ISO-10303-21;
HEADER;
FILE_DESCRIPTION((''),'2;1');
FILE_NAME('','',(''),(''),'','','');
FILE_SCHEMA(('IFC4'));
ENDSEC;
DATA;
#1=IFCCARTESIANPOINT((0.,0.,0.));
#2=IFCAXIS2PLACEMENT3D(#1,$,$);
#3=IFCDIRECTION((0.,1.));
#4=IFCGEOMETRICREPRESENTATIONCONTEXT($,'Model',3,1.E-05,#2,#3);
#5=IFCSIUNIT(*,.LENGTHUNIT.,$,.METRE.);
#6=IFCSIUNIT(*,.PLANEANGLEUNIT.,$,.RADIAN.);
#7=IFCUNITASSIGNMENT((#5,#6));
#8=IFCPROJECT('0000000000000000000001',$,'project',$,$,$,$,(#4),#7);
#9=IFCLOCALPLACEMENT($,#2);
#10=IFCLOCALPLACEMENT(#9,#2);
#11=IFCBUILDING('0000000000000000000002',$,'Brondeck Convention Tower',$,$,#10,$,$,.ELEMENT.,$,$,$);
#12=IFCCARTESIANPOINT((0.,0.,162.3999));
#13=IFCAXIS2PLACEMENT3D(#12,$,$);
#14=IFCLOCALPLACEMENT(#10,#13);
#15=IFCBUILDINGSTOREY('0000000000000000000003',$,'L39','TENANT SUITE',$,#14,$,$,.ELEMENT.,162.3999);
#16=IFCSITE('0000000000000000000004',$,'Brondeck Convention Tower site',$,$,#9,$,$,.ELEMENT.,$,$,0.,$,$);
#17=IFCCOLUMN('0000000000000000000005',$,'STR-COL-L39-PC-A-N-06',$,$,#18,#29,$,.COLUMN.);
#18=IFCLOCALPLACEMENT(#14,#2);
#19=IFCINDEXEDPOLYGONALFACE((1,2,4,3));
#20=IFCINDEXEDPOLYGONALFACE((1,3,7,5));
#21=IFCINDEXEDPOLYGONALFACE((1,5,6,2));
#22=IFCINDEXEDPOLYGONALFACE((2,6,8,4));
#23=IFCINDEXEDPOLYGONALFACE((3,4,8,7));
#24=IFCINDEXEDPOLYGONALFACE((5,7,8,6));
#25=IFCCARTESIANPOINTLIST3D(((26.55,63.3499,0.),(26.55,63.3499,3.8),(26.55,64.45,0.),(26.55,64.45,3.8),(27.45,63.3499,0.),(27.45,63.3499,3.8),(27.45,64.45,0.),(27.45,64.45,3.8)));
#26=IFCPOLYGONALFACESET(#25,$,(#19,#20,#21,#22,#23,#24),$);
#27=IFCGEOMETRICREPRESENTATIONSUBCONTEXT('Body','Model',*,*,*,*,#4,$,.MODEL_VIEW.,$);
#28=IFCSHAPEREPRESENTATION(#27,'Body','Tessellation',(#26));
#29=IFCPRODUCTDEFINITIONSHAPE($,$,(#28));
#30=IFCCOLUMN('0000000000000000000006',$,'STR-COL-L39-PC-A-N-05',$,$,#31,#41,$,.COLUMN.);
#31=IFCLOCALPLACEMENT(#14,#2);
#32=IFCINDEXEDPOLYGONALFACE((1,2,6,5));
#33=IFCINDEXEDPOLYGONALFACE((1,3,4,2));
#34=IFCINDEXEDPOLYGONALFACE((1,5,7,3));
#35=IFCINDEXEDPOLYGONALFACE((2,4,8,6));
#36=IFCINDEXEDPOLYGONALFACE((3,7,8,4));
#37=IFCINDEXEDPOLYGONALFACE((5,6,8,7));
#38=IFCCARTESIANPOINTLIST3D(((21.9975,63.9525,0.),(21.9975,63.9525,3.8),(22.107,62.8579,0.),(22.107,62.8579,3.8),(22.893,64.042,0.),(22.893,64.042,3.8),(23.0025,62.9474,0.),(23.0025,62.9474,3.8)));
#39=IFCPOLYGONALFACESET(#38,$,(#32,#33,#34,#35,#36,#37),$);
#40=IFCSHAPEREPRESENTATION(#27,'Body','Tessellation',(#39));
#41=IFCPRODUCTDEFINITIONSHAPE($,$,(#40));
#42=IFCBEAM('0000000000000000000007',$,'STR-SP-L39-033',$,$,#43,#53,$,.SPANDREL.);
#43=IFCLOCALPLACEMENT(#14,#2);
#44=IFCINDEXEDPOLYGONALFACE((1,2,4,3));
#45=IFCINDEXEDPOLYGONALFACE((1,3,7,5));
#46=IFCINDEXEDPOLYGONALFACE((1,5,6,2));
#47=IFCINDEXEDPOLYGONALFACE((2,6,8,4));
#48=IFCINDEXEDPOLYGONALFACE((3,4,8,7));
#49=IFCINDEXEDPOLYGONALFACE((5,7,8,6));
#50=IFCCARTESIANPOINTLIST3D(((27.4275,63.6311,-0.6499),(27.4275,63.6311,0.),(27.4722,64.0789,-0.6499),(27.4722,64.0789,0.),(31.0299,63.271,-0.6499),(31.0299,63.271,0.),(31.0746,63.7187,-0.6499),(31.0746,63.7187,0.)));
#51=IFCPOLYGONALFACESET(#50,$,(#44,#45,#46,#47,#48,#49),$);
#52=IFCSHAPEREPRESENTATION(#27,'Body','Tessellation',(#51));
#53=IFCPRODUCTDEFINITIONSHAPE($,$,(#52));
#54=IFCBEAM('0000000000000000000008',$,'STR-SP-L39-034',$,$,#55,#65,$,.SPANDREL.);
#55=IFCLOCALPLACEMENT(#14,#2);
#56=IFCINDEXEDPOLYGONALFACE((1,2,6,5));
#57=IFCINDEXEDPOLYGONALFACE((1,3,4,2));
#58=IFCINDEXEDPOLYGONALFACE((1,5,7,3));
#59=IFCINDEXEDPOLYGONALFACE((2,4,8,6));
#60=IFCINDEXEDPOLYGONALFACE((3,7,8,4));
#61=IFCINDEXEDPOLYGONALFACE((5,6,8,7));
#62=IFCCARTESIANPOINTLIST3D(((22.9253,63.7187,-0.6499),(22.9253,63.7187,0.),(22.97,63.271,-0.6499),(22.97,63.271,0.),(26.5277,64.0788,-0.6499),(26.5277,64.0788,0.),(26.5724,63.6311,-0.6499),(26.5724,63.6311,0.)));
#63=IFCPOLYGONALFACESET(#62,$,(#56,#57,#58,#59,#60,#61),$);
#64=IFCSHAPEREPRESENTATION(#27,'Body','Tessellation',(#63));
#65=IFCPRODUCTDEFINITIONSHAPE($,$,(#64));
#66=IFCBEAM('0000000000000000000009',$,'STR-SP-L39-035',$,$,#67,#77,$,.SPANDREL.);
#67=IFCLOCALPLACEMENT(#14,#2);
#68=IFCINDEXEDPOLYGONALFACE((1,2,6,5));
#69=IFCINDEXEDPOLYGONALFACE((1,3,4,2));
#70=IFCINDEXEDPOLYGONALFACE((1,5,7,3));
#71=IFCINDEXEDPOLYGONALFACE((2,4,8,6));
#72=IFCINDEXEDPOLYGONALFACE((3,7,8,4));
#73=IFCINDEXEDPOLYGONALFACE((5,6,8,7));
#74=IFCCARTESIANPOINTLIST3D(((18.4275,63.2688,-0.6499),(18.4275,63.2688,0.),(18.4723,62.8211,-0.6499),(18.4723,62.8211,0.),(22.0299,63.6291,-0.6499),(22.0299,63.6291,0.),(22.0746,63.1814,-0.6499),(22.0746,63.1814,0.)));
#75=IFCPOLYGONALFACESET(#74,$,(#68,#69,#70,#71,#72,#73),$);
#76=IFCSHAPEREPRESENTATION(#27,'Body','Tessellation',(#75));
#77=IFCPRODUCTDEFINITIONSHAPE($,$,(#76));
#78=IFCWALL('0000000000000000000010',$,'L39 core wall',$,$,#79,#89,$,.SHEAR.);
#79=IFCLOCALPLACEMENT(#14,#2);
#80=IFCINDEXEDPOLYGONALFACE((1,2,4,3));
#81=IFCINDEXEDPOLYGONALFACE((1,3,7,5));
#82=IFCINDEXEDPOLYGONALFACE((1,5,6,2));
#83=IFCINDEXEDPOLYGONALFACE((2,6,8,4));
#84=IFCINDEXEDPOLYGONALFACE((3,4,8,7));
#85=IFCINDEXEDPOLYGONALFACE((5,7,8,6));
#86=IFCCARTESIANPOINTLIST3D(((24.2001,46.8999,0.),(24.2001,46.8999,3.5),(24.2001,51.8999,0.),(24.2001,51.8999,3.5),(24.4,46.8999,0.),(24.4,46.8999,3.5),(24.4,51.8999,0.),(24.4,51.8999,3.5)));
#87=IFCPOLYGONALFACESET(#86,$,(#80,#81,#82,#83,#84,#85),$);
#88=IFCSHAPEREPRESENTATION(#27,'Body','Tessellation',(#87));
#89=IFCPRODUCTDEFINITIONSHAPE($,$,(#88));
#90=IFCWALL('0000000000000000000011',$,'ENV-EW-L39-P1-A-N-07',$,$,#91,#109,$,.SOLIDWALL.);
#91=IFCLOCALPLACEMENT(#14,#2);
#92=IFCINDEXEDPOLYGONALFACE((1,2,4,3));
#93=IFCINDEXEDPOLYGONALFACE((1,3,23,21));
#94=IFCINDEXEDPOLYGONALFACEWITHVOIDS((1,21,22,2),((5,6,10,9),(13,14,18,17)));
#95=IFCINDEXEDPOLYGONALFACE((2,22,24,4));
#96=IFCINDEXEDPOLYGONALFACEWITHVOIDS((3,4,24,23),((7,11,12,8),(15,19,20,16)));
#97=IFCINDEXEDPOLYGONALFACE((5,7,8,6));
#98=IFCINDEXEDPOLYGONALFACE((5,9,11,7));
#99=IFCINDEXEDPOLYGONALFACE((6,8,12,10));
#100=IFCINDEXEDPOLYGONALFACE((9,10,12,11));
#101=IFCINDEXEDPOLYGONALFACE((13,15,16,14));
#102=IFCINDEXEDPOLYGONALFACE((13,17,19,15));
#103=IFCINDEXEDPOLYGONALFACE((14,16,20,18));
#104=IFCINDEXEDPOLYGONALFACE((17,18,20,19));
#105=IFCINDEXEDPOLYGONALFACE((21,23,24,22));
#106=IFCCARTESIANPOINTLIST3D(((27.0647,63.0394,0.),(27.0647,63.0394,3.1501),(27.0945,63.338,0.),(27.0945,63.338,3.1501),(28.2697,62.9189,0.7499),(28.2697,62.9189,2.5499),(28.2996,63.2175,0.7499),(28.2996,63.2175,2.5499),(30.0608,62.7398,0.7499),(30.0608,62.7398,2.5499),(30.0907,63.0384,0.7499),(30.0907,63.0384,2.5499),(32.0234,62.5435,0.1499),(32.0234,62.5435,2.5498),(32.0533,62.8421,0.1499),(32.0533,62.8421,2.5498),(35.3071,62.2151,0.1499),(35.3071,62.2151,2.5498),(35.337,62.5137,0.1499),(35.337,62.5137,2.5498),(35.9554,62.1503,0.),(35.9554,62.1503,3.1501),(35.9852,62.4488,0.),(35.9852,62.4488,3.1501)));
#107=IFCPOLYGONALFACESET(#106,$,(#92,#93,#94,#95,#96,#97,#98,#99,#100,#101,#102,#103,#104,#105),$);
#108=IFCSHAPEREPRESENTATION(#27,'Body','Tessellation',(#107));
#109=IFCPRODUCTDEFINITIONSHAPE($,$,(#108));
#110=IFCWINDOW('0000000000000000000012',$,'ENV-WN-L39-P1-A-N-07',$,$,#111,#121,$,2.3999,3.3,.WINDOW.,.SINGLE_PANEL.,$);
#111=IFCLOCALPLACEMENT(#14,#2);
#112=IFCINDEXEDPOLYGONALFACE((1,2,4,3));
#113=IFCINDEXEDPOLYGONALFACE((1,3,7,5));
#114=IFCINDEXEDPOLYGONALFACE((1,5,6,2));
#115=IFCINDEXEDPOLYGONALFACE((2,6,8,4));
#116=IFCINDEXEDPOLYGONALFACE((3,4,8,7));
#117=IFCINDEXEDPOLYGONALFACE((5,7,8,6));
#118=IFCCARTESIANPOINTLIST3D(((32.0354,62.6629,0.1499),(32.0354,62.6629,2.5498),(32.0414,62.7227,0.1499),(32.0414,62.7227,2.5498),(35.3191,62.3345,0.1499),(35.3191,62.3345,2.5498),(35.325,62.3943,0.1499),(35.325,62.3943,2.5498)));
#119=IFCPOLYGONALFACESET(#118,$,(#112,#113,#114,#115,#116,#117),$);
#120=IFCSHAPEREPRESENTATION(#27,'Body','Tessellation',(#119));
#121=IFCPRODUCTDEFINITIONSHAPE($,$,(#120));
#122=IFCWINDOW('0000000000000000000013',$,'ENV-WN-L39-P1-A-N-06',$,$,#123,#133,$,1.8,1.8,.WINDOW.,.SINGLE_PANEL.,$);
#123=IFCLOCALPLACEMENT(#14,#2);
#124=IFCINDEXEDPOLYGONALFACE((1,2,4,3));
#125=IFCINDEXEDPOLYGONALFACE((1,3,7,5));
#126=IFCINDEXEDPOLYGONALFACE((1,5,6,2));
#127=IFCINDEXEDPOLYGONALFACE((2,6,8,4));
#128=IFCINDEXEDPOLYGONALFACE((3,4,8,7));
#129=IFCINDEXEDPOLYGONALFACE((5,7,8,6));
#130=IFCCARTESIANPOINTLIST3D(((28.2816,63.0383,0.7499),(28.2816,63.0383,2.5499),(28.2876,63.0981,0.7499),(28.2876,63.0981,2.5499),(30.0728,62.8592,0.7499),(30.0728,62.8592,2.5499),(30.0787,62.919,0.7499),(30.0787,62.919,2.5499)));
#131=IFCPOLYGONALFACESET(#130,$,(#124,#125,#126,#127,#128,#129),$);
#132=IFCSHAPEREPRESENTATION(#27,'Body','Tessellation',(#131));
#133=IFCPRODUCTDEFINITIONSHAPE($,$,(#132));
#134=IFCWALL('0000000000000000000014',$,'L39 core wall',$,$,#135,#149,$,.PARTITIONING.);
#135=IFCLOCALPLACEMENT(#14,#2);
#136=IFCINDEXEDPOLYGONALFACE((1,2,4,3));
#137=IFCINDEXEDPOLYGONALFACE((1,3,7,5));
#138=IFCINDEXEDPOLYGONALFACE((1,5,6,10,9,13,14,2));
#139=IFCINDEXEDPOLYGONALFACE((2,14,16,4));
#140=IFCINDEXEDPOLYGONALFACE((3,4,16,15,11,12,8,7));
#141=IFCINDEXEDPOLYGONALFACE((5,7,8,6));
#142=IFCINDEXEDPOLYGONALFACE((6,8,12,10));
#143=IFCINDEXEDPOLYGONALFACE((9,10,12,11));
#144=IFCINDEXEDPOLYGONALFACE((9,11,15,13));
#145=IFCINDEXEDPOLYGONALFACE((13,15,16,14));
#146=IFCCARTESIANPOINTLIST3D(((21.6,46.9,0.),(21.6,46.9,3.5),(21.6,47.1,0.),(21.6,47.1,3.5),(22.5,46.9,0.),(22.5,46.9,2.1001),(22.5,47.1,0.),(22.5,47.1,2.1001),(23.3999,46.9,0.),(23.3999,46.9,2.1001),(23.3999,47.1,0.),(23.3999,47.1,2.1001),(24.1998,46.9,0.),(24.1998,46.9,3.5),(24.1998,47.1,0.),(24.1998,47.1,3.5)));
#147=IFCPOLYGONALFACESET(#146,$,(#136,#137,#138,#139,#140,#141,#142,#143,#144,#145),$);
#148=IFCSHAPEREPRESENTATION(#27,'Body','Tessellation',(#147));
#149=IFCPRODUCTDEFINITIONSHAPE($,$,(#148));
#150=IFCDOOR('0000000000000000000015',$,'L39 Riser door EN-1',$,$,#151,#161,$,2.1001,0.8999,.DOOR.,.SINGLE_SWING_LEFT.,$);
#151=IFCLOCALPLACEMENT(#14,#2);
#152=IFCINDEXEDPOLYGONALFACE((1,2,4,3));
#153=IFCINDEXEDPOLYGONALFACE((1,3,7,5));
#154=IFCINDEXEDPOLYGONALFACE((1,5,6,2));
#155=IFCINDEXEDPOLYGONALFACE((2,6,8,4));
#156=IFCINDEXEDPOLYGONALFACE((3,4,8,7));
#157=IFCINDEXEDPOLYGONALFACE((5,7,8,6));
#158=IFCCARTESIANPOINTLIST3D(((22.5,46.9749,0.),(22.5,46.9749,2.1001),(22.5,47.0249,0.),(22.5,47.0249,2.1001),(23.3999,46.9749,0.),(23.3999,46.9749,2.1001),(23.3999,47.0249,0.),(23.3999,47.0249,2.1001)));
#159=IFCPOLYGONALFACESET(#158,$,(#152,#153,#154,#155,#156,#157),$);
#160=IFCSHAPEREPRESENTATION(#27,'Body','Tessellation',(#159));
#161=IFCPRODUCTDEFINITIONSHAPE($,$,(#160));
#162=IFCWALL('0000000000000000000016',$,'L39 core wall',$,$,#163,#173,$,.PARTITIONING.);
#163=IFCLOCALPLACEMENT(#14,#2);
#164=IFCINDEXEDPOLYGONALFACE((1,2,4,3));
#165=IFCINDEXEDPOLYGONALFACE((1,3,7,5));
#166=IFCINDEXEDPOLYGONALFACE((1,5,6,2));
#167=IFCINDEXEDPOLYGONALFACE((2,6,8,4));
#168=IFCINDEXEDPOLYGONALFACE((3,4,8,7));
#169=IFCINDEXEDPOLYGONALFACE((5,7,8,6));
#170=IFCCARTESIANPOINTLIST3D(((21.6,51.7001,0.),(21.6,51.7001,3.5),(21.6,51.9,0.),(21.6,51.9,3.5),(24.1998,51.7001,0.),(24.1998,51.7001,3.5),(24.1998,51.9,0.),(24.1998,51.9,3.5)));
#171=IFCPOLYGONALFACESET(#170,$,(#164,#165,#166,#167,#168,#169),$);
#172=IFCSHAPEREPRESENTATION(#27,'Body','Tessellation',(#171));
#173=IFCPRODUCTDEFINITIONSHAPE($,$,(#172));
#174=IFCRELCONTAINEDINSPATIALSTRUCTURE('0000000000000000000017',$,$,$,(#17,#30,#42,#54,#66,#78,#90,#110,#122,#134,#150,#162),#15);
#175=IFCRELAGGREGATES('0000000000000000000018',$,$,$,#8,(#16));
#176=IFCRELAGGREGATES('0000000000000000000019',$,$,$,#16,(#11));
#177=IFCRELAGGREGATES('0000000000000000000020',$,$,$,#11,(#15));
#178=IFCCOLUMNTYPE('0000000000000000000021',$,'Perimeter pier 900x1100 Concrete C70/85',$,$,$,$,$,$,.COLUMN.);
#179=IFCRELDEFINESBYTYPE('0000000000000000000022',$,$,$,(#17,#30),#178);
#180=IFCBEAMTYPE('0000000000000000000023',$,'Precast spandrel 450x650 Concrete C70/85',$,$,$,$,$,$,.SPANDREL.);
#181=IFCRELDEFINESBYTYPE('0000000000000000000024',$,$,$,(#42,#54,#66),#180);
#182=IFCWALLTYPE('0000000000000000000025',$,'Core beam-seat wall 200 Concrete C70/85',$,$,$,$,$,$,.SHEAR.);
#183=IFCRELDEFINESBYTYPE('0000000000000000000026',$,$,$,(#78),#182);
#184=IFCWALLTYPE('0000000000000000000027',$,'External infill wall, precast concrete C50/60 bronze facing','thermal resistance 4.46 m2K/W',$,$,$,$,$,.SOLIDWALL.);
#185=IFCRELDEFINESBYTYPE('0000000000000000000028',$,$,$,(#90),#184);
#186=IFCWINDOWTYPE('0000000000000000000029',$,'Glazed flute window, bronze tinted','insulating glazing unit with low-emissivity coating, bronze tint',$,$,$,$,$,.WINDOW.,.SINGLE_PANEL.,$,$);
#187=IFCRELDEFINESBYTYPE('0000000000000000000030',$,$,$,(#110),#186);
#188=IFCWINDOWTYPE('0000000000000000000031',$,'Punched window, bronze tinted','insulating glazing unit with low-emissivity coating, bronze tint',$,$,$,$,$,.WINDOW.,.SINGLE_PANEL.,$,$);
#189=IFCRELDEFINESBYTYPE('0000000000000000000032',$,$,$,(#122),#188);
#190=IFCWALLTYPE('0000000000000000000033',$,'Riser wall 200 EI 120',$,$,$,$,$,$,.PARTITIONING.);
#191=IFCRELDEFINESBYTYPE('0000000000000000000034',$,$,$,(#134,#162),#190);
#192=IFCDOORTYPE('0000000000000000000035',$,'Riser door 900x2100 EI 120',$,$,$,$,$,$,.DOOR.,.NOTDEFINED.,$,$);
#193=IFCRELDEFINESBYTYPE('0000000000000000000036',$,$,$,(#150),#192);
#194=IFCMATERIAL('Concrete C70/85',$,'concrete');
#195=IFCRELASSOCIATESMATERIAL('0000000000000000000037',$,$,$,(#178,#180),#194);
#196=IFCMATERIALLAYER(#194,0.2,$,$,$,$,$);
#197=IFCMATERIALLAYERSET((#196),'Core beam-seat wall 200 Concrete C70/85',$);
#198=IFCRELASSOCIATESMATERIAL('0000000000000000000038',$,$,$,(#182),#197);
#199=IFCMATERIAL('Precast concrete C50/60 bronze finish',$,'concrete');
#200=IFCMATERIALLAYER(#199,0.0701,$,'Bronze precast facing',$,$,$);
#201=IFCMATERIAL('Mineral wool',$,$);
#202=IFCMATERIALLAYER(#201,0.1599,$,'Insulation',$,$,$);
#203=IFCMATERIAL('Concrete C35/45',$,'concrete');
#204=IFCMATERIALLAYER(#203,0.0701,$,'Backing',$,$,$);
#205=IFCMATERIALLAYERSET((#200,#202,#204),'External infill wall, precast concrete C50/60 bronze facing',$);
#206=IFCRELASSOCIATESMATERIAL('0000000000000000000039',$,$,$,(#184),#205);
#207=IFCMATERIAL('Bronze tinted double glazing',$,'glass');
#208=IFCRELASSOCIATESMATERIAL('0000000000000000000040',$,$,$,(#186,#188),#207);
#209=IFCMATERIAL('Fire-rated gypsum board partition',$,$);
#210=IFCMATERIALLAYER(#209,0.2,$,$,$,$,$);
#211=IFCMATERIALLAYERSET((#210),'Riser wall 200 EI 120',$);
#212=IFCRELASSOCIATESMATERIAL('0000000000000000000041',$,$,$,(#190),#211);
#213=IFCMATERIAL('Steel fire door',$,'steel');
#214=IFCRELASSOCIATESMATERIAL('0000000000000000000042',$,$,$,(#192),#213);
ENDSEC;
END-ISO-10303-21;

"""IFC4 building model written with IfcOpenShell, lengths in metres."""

from ifc_helpers import new_model, si_unit, direction, frame, frame_2d, origin, origin_2d, place, context, subcontext, project, spatial, rectangle, extrude, material, layer, layer_set, material_profile, profile_set, type_object, element, fill, save


model = new_model("IFC4")

# Units and contexts
model_context = context("Model", 3, precision=1e-05, world=origin(), true_north=direction((0.0, 1.0)))
body_context = subcontext(model_context, "Body", "Model", "MODEL_VIEW")
ifc_project = project(units=[si_unit("LENGTHUNIT", "METRE"), si_unit("PLANEANGLEUNIT", "RADIAN")], contexts=[model_context])

# Site, building, storey
site_placement = place(None, origin())
site = spatial("IfcSite", under=ifc_project, at=site_placement, Name="Brondeck Convention Tower site", CompositionType="ELEMENT", RefElevation=0.0)
building_placement = place(site_placement, origin())
building = spatial("IfcBuilding", under=site, at=building_placement, Name="Brondeck Convention Tower", CompositionType="ELEMENT")
storey_placement = place(building_placement, frame((0.0, 0.0, 162.3999)))
storey = spatial("IfcBuildingStorey", under=building, at=storey_placement, Name="L39", Description="TENANT SUITE", CompositionType="ELEMENT", Elevation=162.3999)

# Columns
ifc_material_1 = material(Name="Concrete C70/85", Category="concrete")
ifc_material_profile_1 = material_profile(ifc_material_1, rectangle(XDim=0.8999, YDim=1.1001, at=origin_2d()), Name="Perimeter pier 900x1100 Concrete C70/85")
ifc_profile_set_1 = profile_set([ifc_material_profile_1], Name="Concrete C70/85")
column_type = type_object("IfcColumnType", Name="Perimeter pier 900x1100 Concrete C70/85", PredefinedType="COLUMN", material=ifc_profile_set_1)
for number, where, z_axis, x_axis, name in (
    (1, (27.0, 63.8999, 0.0), (0.0, 0.0, 1.0), (-1.0, 0.0, 0.0), "STR-COL-L39-PC-A-N-06"),
    (2, (22.5, 63.45, 0.0), (0.0, 0.0, 1.0), (-0.995037, -0.099504, 0.0), "STR-COL-L39-PC-A-N-05"),
):
    element("IfcColumn", number, at=place(storey_placement, frame(where, z_axis=z_axis, x_axis=x_axis)), inside=storey, type_object=column_type, Name=name, PredefinedType="COLUMN", context=body_context, shape_type="SweptSolid", body=[
        extrude(rectangle(XDim=0.8999, YDim=1.1001, at=origin_2d()), origin(), (0.0, 0.0, 1.0), 3.8),
    ])

# Beams
ifc_material_profile_2 = material_profile(ifc_material_1, rectangle(XDim=0.45, YDim=0.6499, at=origin_2d()), Name="Precast spandrel 450x650 Concrete C70/85")
ifc_profile_set_2 = profile_set([ifc_material_profile_2], Name="Concrete C70/85")
beam_type = type_object("IfcBeamType", Name="Precast spandrel 450x650 Concrete C70/85", PredefinedType="SPANDREL", material=ifc_profile_set_2)
for number, where, z_axis, x_axis, name in (
    (3, (31.0522, 63.4949, -0.325), (-0.995041, 0.09947, 0.0), (-0.09947, -0.995041, 0.0), "STR-SP-L39-033"),
    (4, (26.55, 63.855, -0.325), (-0.995041, -0.09947, 0.0), (0.09947, -0.995041, 0.0), "STR-SP-L39-034"),
    (5, (22.0522, 63.4053, -0.325), (-0.995034, -0.099537, 0.0), (0.099537, -0.995034, 0.0), "STR-SP-L39-035"),
):
    element("IfcBeam", number, at=place(storey_placement, frame(where, z_axis=z_axis, x_axis=x_axis)), inside=storey, type_object=beam_type, Name=name, PredefinedType="SPANDREL", context=body_context, shape_type="SweptSolid", body=[
        extrude(rectangle(XDim=0.45, YDim=0.6499, at=origin_2d()), origin(), (0.0, 0.0, 1.0), 3.6204),
    ])

# Wall
ifc_layer_1 = layer(ifc_material_1, 0.2)
ifc_layer_set_1 = layer_set([ifc_layer_1], Name="Core beam-seat wall 200 Concrete C70/85")
wall_type_1 = type_object("IfcWallType", Name="Core beam-seat wall 200 Concrete C70/85", PredefinedType="SHEAR", material=ifc_layer_set_1)
wall_1_placement = place(storey_placement, frame((24.3, 46.8999, 0.0), z_axis=(0.0, 0.0, 1.0), x_axis=(0.0, 1.0, 0.0)))
element("IfcWall", 6, at=wall_1_placement, inside=storey, type_object=wall_type_1, Name="L39 core wall", PredefinedType="SHEAR", context=body_context, shape_type="SweptSolid", body=[
    extrude(rectangle(XDim=5.0, YDim=0.2, at=frame_2d((2.5, 0.0))), origin(), (0.0, 0.0, 1.0), 3.5),
])

# Wall, openings, windows
ifc_material_2 = material(Name="Precast concrete C50/60 bronze finish", Category="concrete")
ifc_layer_2 = layer(ifc_material_2, 0.0701, Name="Bronze precast facing")
ifc_material_3 = material(Name="Mineral wool")
ifc_layer_3 = layer(ifc_material_3, 0.1599, Name="Insulation")
ifc_material_4 = material(Name="Concrete C35/45", Category="concrete")
ifc_layer_4 = layer(ifc_material_4, 0.0701, Name="Backing")
ifc_layer_set_2 = layer_set([ifc_layer_2, ifc_layer_3, ifc_layer_4], Name="External infill wall, precast concrete C50/60 bronze facing")
wall_type_2 = type_object("IfcWallType", Name="External infill wall, precast concrete C50/60 bronze facing", Description="thermal resistance 4.46 m2K/W", PredefinedType="SOLIDWALL", material=ifc_layer_set_2)
wall_2_placement = place(storey_placement, frame((27.0796, 63.1887, 0.0), z_axis=(0.0, 0.0, 1.0), x_axis=(0.995036, -0.099515, 0.0)))
wall_2 = element("IfcWall", 7, at=wall_2_placement, inside=storey, type_object=wall_type_2, Name="ENV-EW-L39-P1-A-N-07", PredefinedType="SOLIDWALL", context=body_context, shape_type="SweptSolid", body=[
    extrude(rectangle(XDim=8.9351, YDim=0.3, at=frame_2d((4.4675, 0.0))), origin(), (0.0, 0.0, 1.0), 3.1501),
])
opening_1_placement = place(wall_2_placement, frame((1.2112, 0.0, 0.75)))
opening_1 = element("IfcOpeningElement", 8, at=opening_1_placement, cuts=wall_2, PredefinedType="OPENING", context=body_context, shape_type="SweptSolid", body=[
    extrude(rectangle(XDim=1.8, YDim=1.8, at=frame_2d((0.8999, 0.8999))), frame((0.0, 0.1599, 0.0), z_axis=(0.0, -1.0, 0.0), x_axis=(1.0, 0.0, 0.0)), (0.0, 0.0, 1.0), 0.3201),
])
opening_2_placement = place(wall_2_placement, frame((4.9836, 0.0, 0.1499)))
opening_2 = element("IfcOpeningElement", 9, at=opening_2_placement, cuts=wall_2, PredefinedType="OPENING", context=body_context, shape_type="SweptSolid", body=[
    extrude(rectangle(XDim=3.3, YDim=2.3999, at=frame_2d((1.6499, 1.2))), frame((0.0, 0.1599, 0.0), z_axis=(0.0, -1.0, 0.0), x_axis=(1.0, 0.0, 0.0)), (0.0, 0.0, 1.0), 0.3201),
])
ifc_material_5 = material(Name="Bronze tinted double glazing", Category="glass")
window_type_1 = type_object("IfcWindowType", Name="Glazed flute window, bronze tinted", Description="insulating glazing unit with low-emissivity coating, bronze tint", PartitioningType="SINGLE_PANEL", PredefinedType="WINDOW", material=ifc_material_5)
window_1_placement = place(opening_2_placement, origin())
window_1 = element("IfcWindow", 10, at=window_1_placement, inside=storey, type_object=window_type_1, Name="ENV-WN-L39-P1-A-N-07", OverallHeight=2.3999, OverallWidth=3.3, PartitioningType="SINGLE_PANEL", PredefinedType="WINDOW", context=body_context, shape_type="SweptSolid", body=[
    extrude(rectangle(XDim=3.3, YDim=2.3999, at=frame_2d((1.6499, 1.2))), frame((0.0, 0.03, 0.0), z_axis=(0.0, -1.0, 0.0), x_axis=(1.0, 0.0, 0.0)), (0.0, 0.0, 1.0), 0.0601),
])
fill(opening_2, window_1)
window_type_2 = type_object("IfcWindowType", Name="Punched window, bronze tinted", Description="insulating glazing unit with low-emissivity coating, bronze tint", PartitioningType="SINGLE_PANEL", PredefinedType="WINDOW", material=ifc_material_5)
window_2_placement = place(opening_1_placement, origin())
window_2 = element("IfcWindow", 11, at=window_2_placement, inside=storey, type_object=window_type_2, Name="ENV-WN-L39-P1-A-N-06", OverallHeight=1.8, OverallWidth=1.8, PartitioningType="SINGLE_PANEL", PredefinedType="WINDOW", context=body_context, shape_type="SweptSolid", body=[
    extrude(rectangle(XDim=1.8, YDim=1.8, at=frame_2d((0.8999, 0.8999))), frame((0.0, 0.03, 0.0), z_axis=(0.0, -1.0, 0.0), x_axis=(1.0, 0.0, 0.0)), (0.0, 0.0, 1.0), 0.0601),
])
fill(opening_1, window_2)

# Wall, opening, door
ifc_material_6 = material(Name="Fire-rated gypsum board partition")
ifc_layer_5 = layer(ifc_material_6, 0.2)
ifc_layer_set_3 = layer_set([ifc_layer_5], Name="Riser wall 200 EI 120")
wall_type_3 = type_object("IfcWallType", Name="Riser wall 200 EI 120", PredefinedType="PARTITIONING", material=ifc_layer_set_3)
wall_3_placement = place(storey_placement, frame((21.6001, 47.0, 0.0), z_axis=(0.0, 0.0, 1.0), x_axis=(1.0, 0.0, 0.0)))
wall_3 = element("IfcWall", 12, at=wall_3_placement, inside=storey, type_object=wall_type_3, Name="L39 core wall", PredefinedType="PARTITIONING", context=body_context, shape_type="SweptSolid", body=[
    extrude(rectangle(XDim=2.5999, YDim=0.2, at=frame_2d((1.2998, 0.0))), origin(), (0.0, 0.0, 1.0), 3.5),
])
opening_3_placement = place(wall_3_placement, frame((0.8999, 0.0, 0.0)))
opening_3 = element("IfcOpeningElement", 13, at=opening_3_placement, cuts=wall_3, PredefinedType="OPENING", context=body_context, shape_type="SweptSolid", body=[
    extrude(rectangle(XDim=0.8999, YDim=2.1001, at=frame_2d((0.45, 1.05))), frame((0.0, 0.1099, 0.0), z_axis=(0.0, -1.0, 0.0), x_axis=(1.0, 0.0, 0.0)), (0.0, 0.0, 1.0), 0.22),
])
ifc_material_7 = material(Name="Steel fire door", Category="steel")
door_type_1 = type_object("IfcDoorType", Name="Riser door 900x2100 EI 120", OperationType="NOTDEFINED", PredefinedType="DOOR", material=ifc_material_7)
door_1_placement = place(opening_3_placement, origin())
door_1 = element("IfcDoor", 14, at=door_1_placement, inside=storey, type_object=door_type_1, Name="L39 Riser door EN-1", OperationType="SINGLE_SWING_LEFT", OverallHeight=2.1001, OverallWidth=0.8999, PredefinedType="DOOR", context=body_context, shape_type="SweptSolid", body=[
    extrude(rectangle(XDim=0.8999, YDim=2.1001, at=frame_2d((0.45, 1.05))), frame((0.0, 0.0249, 0.0), z_axis=(0.0, -1.0, 0.0), x_axis=(1.0, 0.0, 0.0)), (0.0, 0.0, 1.0), 0.05),
])
fill(opening_3, door_1)

# Wall
wall_4_placement = place(storey_placement, frame((21.6001, 51.8, 0.0), z_axis=(0.0, 0.0, 1.0), x_axis=(1.0, 0.0, 0.0)))
element("IfcWall", 15, at=wall_4_placement, inside=storey, type_object=wall_type_3, Name="L39 core wall", PredefinedType="PARTITIONING", context=body_context, shape_type="SweptSolid", body=[
    extrude(rectangle(XDim=2.5999, YDim=0.2, at=frame_2d((1.2998, 0.0))), origin(), (0.0, 0.0, 1.0), 3.5),
])

save(model, "model.ifc")
